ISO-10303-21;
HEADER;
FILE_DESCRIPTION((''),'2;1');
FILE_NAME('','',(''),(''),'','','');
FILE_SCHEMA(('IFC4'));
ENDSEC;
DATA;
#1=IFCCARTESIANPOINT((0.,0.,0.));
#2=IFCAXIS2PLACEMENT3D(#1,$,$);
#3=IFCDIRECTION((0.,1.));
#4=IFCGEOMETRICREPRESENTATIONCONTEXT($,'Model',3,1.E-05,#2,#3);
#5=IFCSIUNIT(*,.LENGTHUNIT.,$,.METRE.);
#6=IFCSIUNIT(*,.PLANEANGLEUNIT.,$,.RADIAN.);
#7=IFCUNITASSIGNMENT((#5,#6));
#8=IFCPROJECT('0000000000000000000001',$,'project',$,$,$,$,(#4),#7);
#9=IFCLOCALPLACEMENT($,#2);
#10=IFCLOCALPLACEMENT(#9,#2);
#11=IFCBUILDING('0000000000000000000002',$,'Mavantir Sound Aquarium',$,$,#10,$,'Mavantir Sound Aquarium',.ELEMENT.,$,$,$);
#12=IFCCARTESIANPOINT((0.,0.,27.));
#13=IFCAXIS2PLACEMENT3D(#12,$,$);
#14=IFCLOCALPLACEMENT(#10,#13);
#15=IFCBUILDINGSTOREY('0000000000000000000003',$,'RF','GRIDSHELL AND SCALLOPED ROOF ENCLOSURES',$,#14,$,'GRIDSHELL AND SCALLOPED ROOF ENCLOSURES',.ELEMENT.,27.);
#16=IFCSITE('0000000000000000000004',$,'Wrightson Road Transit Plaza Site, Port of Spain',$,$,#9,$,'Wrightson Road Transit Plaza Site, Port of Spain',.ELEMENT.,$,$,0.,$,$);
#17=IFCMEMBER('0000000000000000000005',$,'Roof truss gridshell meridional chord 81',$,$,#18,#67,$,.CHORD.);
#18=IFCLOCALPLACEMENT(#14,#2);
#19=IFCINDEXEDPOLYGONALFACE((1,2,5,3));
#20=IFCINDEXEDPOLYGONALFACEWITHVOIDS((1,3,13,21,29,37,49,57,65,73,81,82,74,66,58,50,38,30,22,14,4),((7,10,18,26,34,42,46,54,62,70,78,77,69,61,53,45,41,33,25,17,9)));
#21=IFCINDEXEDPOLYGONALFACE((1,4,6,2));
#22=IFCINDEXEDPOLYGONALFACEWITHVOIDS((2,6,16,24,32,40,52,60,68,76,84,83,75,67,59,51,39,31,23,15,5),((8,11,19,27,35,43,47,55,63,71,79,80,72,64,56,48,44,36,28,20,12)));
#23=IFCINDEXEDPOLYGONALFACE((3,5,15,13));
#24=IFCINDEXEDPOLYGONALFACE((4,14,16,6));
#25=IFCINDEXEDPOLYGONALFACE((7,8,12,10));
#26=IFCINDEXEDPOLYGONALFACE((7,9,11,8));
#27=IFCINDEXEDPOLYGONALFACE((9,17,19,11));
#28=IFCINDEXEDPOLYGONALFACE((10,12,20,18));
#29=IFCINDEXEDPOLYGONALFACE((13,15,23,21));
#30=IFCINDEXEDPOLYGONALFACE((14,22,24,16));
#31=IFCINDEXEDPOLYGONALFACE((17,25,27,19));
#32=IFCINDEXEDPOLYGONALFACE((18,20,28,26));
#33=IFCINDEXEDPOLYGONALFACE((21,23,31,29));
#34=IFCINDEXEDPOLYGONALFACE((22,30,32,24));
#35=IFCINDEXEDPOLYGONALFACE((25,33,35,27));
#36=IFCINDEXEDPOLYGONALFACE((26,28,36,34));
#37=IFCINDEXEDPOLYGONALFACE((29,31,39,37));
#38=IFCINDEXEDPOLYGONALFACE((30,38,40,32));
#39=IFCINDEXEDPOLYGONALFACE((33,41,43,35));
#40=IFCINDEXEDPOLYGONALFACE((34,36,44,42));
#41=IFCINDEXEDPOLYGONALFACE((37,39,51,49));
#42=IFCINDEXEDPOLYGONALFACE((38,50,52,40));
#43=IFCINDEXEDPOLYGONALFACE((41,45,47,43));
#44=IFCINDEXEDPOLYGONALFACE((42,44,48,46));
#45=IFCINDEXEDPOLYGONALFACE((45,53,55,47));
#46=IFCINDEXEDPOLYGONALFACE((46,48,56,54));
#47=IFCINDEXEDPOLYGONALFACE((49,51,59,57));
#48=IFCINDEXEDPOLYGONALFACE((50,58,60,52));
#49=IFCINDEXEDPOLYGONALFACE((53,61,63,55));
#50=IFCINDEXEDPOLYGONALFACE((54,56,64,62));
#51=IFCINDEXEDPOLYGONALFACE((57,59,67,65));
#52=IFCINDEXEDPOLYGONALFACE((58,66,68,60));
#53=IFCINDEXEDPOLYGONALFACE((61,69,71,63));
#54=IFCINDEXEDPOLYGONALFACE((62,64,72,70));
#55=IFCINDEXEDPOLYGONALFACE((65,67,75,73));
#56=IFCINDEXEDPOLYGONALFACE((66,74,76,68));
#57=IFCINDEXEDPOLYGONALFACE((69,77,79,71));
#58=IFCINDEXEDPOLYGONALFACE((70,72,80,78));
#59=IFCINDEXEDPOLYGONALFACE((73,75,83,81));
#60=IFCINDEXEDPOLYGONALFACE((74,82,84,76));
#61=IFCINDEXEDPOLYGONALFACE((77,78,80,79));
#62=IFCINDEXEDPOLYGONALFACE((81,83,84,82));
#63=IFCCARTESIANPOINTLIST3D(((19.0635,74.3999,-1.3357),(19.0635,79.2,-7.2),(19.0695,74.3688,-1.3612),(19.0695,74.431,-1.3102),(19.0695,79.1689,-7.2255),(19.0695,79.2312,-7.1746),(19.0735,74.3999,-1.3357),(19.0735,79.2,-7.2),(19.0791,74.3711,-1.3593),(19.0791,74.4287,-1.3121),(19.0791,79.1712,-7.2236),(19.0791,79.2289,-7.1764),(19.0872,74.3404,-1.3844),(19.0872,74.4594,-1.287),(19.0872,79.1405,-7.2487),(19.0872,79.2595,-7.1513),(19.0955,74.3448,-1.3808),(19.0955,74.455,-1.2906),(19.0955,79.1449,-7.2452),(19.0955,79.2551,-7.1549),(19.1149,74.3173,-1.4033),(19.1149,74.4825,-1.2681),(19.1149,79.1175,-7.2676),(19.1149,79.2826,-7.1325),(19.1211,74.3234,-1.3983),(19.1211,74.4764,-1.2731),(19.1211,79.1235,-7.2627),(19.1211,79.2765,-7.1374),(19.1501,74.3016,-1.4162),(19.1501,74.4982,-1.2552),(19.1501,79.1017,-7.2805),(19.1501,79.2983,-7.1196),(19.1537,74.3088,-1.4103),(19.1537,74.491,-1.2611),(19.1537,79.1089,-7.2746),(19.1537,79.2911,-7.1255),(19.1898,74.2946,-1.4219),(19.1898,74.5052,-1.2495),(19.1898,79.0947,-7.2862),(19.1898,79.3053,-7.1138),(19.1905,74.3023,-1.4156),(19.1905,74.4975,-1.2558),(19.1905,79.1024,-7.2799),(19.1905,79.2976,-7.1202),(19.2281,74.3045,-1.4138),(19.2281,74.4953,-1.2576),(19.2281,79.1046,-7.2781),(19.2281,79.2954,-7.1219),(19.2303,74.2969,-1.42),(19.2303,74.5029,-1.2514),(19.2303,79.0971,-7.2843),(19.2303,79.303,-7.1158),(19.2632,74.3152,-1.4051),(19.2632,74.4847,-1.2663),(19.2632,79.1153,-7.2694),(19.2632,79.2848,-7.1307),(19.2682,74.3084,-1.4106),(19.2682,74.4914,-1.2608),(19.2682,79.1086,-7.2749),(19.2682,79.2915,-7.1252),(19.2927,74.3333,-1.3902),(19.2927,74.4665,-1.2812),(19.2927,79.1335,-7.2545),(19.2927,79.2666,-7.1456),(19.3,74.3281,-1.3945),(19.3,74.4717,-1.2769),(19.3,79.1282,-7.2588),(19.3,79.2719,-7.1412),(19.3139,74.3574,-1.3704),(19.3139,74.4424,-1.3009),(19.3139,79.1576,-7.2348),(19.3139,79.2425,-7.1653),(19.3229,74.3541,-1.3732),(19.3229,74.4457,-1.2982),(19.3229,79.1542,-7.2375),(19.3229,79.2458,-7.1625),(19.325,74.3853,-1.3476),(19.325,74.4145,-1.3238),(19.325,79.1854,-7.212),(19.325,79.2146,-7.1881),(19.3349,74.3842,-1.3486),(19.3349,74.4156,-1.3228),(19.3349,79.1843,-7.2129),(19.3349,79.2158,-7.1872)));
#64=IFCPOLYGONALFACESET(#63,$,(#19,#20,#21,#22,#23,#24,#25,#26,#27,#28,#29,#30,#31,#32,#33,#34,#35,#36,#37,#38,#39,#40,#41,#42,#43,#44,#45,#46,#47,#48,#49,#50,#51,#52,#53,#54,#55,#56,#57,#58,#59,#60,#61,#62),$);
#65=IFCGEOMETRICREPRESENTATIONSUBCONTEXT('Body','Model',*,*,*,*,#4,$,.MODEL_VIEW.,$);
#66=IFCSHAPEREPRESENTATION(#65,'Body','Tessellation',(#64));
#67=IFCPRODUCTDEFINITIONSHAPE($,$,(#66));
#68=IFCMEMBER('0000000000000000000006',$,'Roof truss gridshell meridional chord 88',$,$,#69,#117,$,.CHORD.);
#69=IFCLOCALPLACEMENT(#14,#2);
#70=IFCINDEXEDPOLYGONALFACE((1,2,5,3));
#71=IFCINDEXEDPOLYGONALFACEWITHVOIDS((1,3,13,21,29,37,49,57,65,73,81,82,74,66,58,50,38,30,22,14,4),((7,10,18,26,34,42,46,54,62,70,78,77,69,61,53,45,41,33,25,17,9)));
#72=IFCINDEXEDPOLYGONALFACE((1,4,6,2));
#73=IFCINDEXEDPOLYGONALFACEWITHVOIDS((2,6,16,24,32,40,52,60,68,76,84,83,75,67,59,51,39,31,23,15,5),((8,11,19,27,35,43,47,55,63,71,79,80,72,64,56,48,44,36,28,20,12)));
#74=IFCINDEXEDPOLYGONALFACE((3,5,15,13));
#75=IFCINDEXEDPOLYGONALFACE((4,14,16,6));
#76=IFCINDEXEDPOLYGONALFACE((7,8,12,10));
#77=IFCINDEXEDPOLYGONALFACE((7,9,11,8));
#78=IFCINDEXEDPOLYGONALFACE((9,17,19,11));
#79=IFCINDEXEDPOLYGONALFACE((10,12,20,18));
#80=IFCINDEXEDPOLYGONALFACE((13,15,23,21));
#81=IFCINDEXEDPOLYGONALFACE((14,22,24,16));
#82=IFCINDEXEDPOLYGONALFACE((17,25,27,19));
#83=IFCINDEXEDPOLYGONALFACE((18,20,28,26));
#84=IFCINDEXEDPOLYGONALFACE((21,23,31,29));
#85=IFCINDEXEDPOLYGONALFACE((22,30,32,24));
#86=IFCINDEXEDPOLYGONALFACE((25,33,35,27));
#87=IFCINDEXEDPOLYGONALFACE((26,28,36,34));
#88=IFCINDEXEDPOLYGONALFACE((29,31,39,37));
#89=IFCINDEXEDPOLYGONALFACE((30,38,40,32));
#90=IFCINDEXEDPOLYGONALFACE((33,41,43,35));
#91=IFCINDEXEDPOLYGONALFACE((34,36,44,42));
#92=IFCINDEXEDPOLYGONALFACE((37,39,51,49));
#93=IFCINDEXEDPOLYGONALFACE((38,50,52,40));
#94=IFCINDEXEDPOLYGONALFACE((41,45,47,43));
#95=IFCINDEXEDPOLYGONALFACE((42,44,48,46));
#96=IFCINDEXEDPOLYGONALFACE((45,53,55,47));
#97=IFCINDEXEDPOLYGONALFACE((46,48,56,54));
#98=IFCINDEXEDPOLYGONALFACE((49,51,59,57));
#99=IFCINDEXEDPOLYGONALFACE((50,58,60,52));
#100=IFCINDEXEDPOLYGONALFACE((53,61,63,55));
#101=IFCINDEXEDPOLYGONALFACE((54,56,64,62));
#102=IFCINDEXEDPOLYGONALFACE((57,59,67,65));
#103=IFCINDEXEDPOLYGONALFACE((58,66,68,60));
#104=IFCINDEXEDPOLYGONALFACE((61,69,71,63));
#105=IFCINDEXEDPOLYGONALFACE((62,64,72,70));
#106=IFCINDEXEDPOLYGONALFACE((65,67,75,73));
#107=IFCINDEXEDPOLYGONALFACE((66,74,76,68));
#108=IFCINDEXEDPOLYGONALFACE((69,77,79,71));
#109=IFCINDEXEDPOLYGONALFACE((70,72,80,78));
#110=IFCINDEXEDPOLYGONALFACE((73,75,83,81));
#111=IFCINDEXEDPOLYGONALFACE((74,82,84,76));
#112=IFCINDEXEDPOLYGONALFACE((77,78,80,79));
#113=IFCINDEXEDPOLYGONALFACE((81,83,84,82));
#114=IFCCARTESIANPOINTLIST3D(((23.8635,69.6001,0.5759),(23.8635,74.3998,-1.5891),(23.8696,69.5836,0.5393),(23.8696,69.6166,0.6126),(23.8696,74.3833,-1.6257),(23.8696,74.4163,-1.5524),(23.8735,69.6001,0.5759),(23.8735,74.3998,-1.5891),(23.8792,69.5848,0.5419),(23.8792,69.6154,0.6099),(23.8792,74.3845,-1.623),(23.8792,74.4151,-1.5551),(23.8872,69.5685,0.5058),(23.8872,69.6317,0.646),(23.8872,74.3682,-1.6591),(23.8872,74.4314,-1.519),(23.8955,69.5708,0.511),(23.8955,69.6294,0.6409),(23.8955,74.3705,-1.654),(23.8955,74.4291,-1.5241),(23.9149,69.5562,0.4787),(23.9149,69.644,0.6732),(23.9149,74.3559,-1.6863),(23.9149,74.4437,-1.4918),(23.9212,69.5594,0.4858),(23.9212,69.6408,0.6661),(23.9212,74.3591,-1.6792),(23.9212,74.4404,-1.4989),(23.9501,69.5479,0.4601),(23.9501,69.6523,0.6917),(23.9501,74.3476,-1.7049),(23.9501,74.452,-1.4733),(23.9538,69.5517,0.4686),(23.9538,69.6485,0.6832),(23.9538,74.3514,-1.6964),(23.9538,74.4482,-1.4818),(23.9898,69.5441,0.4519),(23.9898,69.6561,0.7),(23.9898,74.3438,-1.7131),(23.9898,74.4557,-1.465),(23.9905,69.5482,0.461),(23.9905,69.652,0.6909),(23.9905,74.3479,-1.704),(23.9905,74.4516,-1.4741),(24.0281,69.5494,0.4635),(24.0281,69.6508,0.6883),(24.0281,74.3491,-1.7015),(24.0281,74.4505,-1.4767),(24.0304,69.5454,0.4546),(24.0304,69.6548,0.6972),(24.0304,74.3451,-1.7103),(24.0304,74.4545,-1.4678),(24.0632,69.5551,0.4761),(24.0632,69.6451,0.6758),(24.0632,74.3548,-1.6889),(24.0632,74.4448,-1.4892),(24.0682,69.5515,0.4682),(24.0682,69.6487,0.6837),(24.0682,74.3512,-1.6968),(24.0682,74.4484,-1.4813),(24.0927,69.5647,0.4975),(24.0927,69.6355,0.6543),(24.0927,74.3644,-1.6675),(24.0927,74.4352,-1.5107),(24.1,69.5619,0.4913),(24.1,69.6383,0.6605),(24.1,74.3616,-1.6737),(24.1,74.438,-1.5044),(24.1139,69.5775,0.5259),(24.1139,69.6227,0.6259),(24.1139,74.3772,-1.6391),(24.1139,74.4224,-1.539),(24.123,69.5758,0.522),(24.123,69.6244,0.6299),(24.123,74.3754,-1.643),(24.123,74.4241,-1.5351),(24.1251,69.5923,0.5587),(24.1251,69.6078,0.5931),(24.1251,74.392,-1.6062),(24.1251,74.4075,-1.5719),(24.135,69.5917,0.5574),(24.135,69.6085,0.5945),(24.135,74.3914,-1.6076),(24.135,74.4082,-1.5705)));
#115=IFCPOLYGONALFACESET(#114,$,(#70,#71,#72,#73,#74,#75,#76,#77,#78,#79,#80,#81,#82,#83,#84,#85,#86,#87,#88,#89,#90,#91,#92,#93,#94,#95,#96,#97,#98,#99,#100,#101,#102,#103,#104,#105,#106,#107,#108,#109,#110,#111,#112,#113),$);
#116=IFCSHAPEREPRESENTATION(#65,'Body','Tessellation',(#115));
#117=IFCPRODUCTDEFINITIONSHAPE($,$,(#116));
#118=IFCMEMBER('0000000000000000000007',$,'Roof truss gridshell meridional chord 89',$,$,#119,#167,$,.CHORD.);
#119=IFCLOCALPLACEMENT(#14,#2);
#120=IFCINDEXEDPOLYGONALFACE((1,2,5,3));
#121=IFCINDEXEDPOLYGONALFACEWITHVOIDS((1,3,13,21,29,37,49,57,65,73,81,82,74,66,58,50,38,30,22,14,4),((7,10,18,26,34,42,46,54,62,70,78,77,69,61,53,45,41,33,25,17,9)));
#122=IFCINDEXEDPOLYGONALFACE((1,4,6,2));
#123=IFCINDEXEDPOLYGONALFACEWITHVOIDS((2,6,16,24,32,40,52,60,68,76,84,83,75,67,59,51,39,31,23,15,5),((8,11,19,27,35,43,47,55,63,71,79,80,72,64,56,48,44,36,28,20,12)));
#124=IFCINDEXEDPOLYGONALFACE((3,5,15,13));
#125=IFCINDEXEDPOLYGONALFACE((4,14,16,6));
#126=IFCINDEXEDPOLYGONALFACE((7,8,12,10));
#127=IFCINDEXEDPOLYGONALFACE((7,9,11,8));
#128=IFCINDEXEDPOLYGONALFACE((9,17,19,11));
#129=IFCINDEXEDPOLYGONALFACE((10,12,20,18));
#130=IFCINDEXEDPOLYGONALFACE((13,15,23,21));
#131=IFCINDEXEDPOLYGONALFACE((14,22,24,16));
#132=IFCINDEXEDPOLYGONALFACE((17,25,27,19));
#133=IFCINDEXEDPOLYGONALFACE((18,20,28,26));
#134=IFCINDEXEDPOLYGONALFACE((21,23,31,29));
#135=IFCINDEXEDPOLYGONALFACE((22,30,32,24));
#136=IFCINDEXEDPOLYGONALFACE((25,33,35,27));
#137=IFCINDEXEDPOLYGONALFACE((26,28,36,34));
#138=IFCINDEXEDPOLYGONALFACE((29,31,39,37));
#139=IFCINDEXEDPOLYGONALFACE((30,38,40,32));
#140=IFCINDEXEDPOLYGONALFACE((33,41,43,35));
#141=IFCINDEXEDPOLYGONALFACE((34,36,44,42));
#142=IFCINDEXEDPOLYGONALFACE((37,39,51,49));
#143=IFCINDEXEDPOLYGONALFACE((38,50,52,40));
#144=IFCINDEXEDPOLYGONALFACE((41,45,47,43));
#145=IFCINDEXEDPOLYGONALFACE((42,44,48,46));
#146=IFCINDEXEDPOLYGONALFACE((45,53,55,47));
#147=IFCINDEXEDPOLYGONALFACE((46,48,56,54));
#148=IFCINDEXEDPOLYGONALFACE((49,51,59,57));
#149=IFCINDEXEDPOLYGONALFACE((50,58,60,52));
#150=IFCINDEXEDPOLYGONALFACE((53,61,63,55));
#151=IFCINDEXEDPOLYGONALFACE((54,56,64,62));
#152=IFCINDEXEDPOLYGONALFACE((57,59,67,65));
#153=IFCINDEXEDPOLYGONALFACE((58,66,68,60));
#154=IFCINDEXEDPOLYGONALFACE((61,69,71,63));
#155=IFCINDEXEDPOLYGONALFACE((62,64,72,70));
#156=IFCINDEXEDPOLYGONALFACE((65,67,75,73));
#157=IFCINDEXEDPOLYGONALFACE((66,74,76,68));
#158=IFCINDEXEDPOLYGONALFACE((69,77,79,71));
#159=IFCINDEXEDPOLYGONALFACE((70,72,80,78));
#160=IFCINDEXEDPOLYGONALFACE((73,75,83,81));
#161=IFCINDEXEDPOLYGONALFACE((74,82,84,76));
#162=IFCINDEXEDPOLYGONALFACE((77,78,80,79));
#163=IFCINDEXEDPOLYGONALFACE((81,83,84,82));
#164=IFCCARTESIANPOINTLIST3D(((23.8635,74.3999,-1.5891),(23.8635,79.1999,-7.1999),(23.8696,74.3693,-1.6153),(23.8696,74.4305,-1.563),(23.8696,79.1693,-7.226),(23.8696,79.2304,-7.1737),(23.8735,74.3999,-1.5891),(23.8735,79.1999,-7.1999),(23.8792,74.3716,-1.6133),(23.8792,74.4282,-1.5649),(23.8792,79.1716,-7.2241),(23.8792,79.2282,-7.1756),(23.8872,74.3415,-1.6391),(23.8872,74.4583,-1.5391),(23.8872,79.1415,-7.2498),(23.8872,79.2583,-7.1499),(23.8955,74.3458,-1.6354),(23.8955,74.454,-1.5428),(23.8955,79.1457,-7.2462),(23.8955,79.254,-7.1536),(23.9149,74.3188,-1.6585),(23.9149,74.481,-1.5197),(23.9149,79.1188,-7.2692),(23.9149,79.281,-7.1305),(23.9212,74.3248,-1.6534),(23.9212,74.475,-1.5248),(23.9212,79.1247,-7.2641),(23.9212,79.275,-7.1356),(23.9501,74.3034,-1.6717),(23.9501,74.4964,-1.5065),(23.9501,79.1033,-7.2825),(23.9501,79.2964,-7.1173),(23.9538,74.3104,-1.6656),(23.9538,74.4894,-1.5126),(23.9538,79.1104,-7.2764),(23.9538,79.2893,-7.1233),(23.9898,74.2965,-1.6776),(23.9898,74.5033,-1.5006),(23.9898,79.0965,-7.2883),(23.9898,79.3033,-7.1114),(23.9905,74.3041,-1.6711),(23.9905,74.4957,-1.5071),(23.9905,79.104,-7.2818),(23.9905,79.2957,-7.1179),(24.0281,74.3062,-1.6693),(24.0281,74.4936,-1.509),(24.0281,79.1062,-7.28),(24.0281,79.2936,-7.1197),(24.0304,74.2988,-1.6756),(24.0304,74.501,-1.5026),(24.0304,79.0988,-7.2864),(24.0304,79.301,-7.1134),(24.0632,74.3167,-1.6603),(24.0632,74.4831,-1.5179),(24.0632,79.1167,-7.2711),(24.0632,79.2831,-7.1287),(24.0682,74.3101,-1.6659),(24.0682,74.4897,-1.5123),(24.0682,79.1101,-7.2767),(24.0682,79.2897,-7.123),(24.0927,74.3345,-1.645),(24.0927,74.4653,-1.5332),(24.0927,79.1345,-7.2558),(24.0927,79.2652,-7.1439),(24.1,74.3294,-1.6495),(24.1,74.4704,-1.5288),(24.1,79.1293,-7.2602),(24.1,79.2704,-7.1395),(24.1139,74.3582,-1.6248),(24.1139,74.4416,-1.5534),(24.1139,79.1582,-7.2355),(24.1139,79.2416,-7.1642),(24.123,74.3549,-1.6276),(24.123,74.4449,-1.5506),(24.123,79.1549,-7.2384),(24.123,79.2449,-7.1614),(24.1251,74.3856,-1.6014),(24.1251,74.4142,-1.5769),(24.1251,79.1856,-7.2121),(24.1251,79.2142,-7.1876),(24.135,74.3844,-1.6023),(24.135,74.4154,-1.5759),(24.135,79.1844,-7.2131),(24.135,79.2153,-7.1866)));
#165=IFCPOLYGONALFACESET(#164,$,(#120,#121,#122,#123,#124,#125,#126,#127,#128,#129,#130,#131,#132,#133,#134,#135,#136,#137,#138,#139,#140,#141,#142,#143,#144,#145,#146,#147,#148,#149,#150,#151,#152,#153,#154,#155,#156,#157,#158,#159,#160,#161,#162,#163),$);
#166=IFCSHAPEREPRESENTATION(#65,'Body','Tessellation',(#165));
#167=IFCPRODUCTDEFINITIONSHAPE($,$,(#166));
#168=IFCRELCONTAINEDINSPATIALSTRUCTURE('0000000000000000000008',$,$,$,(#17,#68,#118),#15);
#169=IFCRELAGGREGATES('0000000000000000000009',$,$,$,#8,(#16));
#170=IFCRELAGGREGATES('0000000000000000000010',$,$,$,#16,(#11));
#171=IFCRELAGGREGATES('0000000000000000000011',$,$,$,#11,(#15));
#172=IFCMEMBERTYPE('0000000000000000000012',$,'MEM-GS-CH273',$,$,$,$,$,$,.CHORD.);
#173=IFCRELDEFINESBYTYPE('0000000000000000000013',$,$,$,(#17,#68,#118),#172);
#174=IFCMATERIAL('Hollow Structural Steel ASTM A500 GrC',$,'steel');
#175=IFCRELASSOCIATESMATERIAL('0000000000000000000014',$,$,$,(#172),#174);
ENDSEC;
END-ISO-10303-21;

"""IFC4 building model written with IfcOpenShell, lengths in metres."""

from ifc_helpers import new_model, si_unit, direction, frame, origin, origin_2d, place, context, subcontext, project, spatial, hollow_circle, extrude, material, material_profile, profile_set, type_object, element, save


model = new_model("IFC4")

# Units and contexts
model_context = context("Model", 3, precision=1e-05, world=origin(), true_north=direction((0.0, 1.0)))
body_context = subcontext(model_context, "Body", "Model", "MODEL_VIEW")
ifc_project = project(units=[si_unit("LENGTHUNIT", "METRE"), si_unit("PLANEANGLEUNIT", "RADIAN")], contexts=[model_context])

# Site, building, storey
site_placement = place(None, origin())
site = spatial("IfcSite", under=ifc_project, at=site_placement, Name="Wrightson Road Transit Plaza Site, Port of Spain", LongName="Wrightson Road Transit Plaza Site, Port of Spain", CompositionType="ELEMENT", RefElevation=0.0)
building_placement = place(site_placement, origin())
building = spatial("IfcBuilding", under=site, at=building_placement, Name="Mavantir Sound Aquarium", LongName="Mavantir Sound Aquarium", CompositionType="ELEMENT")
storey_placement = place(building_placement, frame((0.0, 0.0, 27.0)))
storey = spatial("IfcBuildingStorey", under=building, at=storey_placement, Name="RF", Description="GRIDSHELL AND SCALLOPED ROOF ENCLOSURES", LongName="GRIDSHELL AND SCALLOPED ROOF ENCLOSURES", CompositionType="ELEMENT", Elevation=27.0)

# Shared definitions
ifc_material_1 = material(Name="Hollow Structural Steel ASTM A500 GrC", Category="steel")

# Members
ifc_material_profile_1 = material_profile(ifc_material_1, hollow_circle(Radius=0.1365, WallThickness=0.01, at=origin_2d()), Name="CHS 273X10")
ifc_profile_set_1 = profile_set([ifc_material_profile_1], Name="Hollow Structural Steel ASTM A500 GrC")
member_type_1 = type_object("IfcMemberType", Name="MEM-GS-CH273", PredefinedType="CHORD", material=ifc_profile_set_1)
member_1_placement = place(storey_placement, frame((19.2, 74.3999, -1.3357), z_axis=(0.0, 0.633397, -0.773827), x_axis=(-1.0, 0.0, 0.0)))
element("IfcMember", 1, at=member_1_placement, inside=storey, type_object=member_type_1, Name="Roof truss gridshell meridional chord 81", PredefinedType="CHORD", context=body_context, shape_type="SweptSolid", body=[
    extrude(hollow_circle(Radius=0.1365, WallThickness=0.01, at=origin_2d()), origin(), (0.0, 0.0, 1.0), 7.5784),
])
member_2_placement = place(storey_placement, frame((24.0, 69.6001, 0.5759), z_axis=(0.0, 0.911557, -0.411174), x_axis=(-1.0, 0.0, 0.0)))
element("IfcMember", 2, at=member_2_placement, inside=storey, type_object=member_type_1, Name="Roof truss gridshell meridional chord 88", PredefinedType="CHORD", context=body_context, shape_type="SweptSolid", body=[
    extrude(hollow_circle(Radius=0.1365, WallThickness=0.01, at=origin_2d()), origin(), (0.0, 0.0, 1.0), 5.2654),
])
member_3_placement = place(storey_placement, frame((24.0, 74.3999, -1.5891), z_axis=(0.0, 0.65007, -0.759875), x_axis=(-1.0, 0.0, 0.0)))
element("IfcMember", 3, at=member_3_placement, inside=storey, type_object=member_type_1, Name="Roof truss gridshell meridional chord 89", PredefinedType="CHORD", context=body_context, shape_type="SweptSolid", body=[
    extrude(hollow_circle(Radius=0.1365, WallThickness=0.01, at=origin_2d()), origin(), (0.0, 0.0, 1.0), 7.3838),
])

save(model, "model.ifc")
